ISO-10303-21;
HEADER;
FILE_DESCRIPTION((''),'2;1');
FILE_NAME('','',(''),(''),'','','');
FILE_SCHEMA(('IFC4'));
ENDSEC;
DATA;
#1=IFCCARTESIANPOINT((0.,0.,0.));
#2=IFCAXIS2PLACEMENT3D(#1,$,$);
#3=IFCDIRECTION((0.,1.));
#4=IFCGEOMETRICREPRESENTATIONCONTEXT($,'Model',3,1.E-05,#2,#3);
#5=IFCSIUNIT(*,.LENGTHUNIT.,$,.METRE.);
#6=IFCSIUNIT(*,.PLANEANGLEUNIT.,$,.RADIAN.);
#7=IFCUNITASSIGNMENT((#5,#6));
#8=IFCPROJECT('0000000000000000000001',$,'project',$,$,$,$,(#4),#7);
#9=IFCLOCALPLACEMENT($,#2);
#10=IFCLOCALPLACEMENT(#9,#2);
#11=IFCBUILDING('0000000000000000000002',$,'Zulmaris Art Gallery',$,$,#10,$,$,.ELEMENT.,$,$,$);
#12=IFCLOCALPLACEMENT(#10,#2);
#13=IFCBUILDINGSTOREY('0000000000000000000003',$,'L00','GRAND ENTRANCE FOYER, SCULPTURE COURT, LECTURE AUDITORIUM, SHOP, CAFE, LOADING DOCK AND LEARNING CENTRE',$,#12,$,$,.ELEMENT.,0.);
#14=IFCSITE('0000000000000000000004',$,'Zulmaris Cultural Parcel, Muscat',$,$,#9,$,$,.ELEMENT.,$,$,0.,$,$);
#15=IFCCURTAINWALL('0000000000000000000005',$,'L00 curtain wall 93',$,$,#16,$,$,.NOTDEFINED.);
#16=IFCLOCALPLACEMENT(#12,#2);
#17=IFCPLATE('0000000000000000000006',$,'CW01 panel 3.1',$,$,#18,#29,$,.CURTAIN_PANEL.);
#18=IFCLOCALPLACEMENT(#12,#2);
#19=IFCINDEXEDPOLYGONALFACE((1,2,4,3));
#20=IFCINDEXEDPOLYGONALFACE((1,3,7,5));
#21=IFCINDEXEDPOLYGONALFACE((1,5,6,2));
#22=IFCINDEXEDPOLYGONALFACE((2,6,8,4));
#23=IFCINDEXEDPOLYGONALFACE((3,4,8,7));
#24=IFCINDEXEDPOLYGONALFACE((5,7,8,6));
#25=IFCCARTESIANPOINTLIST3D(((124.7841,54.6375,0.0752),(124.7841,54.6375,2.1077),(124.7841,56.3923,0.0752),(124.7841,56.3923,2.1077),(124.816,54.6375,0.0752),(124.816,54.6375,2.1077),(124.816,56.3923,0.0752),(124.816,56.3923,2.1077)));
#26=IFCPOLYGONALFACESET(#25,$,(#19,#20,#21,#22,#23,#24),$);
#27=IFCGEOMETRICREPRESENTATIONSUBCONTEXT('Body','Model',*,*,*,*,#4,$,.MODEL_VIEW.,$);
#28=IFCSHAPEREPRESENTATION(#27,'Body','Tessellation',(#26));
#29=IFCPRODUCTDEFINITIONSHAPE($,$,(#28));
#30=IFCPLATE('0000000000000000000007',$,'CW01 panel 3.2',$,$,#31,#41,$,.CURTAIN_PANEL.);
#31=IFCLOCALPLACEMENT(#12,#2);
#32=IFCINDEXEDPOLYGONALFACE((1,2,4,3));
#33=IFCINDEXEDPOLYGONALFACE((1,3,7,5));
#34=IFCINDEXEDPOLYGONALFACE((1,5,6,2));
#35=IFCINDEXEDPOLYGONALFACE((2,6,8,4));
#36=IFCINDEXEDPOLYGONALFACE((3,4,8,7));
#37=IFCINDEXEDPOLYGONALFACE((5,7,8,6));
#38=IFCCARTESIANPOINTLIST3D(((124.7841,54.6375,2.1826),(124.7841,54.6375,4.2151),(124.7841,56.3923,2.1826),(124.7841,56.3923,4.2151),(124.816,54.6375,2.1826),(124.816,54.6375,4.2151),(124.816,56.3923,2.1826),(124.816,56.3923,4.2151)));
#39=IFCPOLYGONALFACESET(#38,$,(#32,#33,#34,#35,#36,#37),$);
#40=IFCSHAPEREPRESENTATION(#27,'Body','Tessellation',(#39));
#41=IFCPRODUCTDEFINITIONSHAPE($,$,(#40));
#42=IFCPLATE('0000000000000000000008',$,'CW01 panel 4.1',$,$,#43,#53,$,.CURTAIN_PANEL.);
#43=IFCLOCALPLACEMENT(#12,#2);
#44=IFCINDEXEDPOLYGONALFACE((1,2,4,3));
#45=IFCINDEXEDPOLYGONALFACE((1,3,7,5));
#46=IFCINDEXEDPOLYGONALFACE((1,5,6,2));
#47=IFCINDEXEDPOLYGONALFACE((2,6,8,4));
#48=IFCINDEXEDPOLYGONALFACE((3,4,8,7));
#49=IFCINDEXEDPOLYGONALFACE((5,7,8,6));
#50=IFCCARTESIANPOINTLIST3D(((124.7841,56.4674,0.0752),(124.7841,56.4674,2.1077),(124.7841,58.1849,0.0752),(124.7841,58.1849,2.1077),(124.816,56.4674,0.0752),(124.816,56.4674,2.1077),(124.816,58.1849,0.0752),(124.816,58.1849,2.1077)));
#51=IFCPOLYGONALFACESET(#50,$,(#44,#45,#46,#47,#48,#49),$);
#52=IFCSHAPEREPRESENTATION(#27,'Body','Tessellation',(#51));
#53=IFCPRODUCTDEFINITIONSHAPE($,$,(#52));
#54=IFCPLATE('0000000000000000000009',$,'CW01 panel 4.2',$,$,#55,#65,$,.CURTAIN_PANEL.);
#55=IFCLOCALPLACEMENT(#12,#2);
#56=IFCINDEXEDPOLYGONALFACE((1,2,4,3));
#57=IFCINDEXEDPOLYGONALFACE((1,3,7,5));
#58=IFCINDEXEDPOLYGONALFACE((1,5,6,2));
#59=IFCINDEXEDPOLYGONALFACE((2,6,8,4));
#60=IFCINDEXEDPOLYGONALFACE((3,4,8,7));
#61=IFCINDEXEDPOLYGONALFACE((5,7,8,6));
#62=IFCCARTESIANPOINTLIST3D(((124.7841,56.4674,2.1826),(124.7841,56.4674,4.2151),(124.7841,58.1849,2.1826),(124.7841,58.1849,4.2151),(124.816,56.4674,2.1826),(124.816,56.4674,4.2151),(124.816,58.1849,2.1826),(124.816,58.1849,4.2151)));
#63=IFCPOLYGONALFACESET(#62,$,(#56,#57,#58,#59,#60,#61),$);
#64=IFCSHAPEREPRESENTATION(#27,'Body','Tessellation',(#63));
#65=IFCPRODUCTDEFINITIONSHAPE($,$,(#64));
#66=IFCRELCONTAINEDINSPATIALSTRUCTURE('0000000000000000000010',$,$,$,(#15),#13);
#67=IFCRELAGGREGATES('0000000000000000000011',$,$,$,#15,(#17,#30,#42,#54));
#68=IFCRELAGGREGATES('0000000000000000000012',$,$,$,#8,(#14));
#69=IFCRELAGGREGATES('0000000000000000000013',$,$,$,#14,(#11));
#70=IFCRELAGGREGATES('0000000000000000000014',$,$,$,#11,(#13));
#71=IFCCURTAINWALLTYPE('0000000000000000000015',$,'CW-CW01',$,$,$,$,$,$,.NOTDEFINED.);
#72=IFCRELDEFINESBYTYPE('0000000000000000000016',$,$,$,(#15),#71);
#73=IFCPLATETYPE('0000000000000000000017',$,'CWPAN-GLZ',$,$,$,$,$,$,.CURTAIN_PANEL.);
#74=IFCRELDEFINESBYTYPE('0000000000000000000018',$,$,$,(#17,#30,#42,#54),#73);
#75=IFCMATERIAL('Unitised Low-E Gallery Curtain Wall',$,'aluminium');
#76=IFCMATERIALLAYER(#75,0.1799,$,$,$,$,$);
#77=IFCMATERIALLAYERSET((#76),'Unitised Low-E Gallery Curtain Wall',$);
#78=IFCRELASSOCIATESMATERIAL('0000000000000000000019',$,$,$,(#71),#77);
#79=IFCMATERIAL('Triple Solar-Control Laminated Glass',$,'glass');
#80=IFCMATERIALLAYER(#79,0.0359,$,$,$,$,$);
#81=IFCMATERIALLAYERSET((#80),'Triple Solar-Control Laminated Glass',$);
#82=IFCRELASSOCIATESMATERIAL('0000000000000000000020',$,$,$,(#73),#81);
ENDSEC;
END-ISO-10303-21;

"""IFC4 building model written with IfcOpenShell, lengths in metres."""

from ifc_helpers import new_model, si_unit, direction, frame, origin, origin_2d, place, context, subcontext, project, spatial, rectangle, extrude, material, layer, layer_set, type_object, element, aggregate, save


model = new_model("IFC4")

# Units and contexts
model_context = context("Model", 3, precision=1e-05, world=origin(), true_north=direction((0.0, 1.0)))
body_context = subcontext(model_context, "Body", "Model", "MODEL_VIEW")
ifc_project = project(units=[si_unit("LENGTHUNIT", "METRE"), si_unit("PLANEANGLEUNIT", "RADIAN")], contexts=[model_context])

# Site, building, storey
site_placement = place(None, origin())
site = spatial("IfcSite", under=ifc_project, at=site_placement, Name="Zulmaris Cultural Parcel, Muscat", CompositionType="ELEMENT", RefElevation=0.0)
building_placement = place(site_placement, origin())
building = spatial("IfcBuilding", under=site, at=building_placement, Name="Zulmaris Art Gallery", CompositionType="ELEMENT")
storey_placement = place(building_placement, origin())
storey = spatial("IfcBuildingStorey", under=building, at=storey_placement, Name="L00", Description="GRAND ENTRANCE FOYER, SCULPTURE COURT, LECTURE AUDITORIUM, SHOP, CAFE, LOADING DOCK AND LEARNING CENTRE", CompositionType="ELEMENT", Elevation=0.0)

# Curtain wall
ifc_material_1 = material(Name="Unitised Low-E Gallery Curtain Wall", Category="aluminium")
ifc_layer_1 = layer(ifc_material_1, 0.1799)
ifc_layer_set_1 = layer_set([ifc_layer_1], Name="Unitised Low-E Gallery Curtain Wall")
curtain_wall_type = type_object("IfcCurtainWallType", Name="CW-CW01", PredefinedType="NOTDEFINED", material=ifc_layer_set_1)
curtain_wall_1_placement = place(storey_placement, origin())
curtain_wall_1 = element("IfcCurtainWall", 1, at=curtain_wall_1_placement, inside=storey, type_object=curtain_wall_type, Name="L00 curtain wall 93", PredefinedType="NOTDEFINED")

# Plates
ifc_material_2 = material(Name="Triple Solar-Control Laminated Glass", Category="glass")
ifc_layer_2 = layer(ifc_material_2, 0.0359)
ifc_layer_set_2 = layer_set([ifc_layer_2], Name="Triple Solar-Control Laminated Glass")
plate_type = type_object("IfcPlateType", Name="CWPAN-GLZ", PredefinedType="CURTAIN_PANEL", material=ifc_layer_set_2)
plate_1_placement = place(storey_placement, frame((124.8, 55.5149, 0.0752), z_axis=(0.0, 0.0, 1.0), x_axis=(0.0, 1.0, 0.0)))
plate_1 = element("IfcPlate", 2, at=plate_1_placement, type_object=plate_type, Name="CW01 panel 3.1", PredefinedType="CURTAIN_PANEL", context=body_context, shape_type="SweptSolid", body=[
    extrude(rectangle(XDim=1.7549, YDim=0.032, at=origin_2d()), origin(), (0.0, 0.0, 1.0), 2.0325),
])
plate_2_placement = place(storey_placement, frame((124.8, 55.5149, 2.1826), z_axis=(0.0, 0.0, 1.0), x_axis=(0.0, 1.0, 0.0)))
plate_2 = element("IfcPlate", 3, at=plate_2_placement, type_object=plate_type, Name="CW01 panel 3.2", PredefinedType="CURTAIN_PANEL", context=body_context, shape_type="SweptSolid", body=[
    extrude(rectangle(XDim=1.7549, YDim=0.032, at=origin_2d()), origin(), (0.0, 0.0, 1.0), 2.0325),
])
plate_3_placement = place(storey_placement, frame((124.8, 57.3262, 0.0752), z_axis=(0.0, 0.0, 1.0), x_axis=(0.0, 1.0, 0.0)))
plate_3 = element("IfcPlate", 4, at=plate_3_placement, type_object=plate_type, Name="CW01 panel 4.1", PredefinedType="CURTAIN_PANEL", context=body_context, shape_type="SweptSolid", body=[
    extrude(rectangle(XDim=1.7175, YDim=0.032, at=origin_2d()), origin(), (0.0, 0.0, 1.0), 2.0325),
])
plate_4_placement = place(storey_placement, frame((124.8, 57.3262, 2.1826), z_axis=(0.0, 0.0, 1.0), x_axis=(0.0, 1.0, 0.0)))
plate_4 = element("IfcPlate", 5, at=plate_4_placement, type_object=plate_type, Name="CW01 panel 4.2", PredefinedType="CURTAIN_PANEL", context=body_context, shape_type="SweptSolid", body=[
    extrude(rectangle(XDim=1.7175, YDim=0.032, at=origin_2d()), origin(), (0.0, 0.0, 1.0), 2.0325),
])
aggregate(curtain_wall_1, [plate_1, plate_2, plate_3, plate_4])

save(model, "model.ifc")
